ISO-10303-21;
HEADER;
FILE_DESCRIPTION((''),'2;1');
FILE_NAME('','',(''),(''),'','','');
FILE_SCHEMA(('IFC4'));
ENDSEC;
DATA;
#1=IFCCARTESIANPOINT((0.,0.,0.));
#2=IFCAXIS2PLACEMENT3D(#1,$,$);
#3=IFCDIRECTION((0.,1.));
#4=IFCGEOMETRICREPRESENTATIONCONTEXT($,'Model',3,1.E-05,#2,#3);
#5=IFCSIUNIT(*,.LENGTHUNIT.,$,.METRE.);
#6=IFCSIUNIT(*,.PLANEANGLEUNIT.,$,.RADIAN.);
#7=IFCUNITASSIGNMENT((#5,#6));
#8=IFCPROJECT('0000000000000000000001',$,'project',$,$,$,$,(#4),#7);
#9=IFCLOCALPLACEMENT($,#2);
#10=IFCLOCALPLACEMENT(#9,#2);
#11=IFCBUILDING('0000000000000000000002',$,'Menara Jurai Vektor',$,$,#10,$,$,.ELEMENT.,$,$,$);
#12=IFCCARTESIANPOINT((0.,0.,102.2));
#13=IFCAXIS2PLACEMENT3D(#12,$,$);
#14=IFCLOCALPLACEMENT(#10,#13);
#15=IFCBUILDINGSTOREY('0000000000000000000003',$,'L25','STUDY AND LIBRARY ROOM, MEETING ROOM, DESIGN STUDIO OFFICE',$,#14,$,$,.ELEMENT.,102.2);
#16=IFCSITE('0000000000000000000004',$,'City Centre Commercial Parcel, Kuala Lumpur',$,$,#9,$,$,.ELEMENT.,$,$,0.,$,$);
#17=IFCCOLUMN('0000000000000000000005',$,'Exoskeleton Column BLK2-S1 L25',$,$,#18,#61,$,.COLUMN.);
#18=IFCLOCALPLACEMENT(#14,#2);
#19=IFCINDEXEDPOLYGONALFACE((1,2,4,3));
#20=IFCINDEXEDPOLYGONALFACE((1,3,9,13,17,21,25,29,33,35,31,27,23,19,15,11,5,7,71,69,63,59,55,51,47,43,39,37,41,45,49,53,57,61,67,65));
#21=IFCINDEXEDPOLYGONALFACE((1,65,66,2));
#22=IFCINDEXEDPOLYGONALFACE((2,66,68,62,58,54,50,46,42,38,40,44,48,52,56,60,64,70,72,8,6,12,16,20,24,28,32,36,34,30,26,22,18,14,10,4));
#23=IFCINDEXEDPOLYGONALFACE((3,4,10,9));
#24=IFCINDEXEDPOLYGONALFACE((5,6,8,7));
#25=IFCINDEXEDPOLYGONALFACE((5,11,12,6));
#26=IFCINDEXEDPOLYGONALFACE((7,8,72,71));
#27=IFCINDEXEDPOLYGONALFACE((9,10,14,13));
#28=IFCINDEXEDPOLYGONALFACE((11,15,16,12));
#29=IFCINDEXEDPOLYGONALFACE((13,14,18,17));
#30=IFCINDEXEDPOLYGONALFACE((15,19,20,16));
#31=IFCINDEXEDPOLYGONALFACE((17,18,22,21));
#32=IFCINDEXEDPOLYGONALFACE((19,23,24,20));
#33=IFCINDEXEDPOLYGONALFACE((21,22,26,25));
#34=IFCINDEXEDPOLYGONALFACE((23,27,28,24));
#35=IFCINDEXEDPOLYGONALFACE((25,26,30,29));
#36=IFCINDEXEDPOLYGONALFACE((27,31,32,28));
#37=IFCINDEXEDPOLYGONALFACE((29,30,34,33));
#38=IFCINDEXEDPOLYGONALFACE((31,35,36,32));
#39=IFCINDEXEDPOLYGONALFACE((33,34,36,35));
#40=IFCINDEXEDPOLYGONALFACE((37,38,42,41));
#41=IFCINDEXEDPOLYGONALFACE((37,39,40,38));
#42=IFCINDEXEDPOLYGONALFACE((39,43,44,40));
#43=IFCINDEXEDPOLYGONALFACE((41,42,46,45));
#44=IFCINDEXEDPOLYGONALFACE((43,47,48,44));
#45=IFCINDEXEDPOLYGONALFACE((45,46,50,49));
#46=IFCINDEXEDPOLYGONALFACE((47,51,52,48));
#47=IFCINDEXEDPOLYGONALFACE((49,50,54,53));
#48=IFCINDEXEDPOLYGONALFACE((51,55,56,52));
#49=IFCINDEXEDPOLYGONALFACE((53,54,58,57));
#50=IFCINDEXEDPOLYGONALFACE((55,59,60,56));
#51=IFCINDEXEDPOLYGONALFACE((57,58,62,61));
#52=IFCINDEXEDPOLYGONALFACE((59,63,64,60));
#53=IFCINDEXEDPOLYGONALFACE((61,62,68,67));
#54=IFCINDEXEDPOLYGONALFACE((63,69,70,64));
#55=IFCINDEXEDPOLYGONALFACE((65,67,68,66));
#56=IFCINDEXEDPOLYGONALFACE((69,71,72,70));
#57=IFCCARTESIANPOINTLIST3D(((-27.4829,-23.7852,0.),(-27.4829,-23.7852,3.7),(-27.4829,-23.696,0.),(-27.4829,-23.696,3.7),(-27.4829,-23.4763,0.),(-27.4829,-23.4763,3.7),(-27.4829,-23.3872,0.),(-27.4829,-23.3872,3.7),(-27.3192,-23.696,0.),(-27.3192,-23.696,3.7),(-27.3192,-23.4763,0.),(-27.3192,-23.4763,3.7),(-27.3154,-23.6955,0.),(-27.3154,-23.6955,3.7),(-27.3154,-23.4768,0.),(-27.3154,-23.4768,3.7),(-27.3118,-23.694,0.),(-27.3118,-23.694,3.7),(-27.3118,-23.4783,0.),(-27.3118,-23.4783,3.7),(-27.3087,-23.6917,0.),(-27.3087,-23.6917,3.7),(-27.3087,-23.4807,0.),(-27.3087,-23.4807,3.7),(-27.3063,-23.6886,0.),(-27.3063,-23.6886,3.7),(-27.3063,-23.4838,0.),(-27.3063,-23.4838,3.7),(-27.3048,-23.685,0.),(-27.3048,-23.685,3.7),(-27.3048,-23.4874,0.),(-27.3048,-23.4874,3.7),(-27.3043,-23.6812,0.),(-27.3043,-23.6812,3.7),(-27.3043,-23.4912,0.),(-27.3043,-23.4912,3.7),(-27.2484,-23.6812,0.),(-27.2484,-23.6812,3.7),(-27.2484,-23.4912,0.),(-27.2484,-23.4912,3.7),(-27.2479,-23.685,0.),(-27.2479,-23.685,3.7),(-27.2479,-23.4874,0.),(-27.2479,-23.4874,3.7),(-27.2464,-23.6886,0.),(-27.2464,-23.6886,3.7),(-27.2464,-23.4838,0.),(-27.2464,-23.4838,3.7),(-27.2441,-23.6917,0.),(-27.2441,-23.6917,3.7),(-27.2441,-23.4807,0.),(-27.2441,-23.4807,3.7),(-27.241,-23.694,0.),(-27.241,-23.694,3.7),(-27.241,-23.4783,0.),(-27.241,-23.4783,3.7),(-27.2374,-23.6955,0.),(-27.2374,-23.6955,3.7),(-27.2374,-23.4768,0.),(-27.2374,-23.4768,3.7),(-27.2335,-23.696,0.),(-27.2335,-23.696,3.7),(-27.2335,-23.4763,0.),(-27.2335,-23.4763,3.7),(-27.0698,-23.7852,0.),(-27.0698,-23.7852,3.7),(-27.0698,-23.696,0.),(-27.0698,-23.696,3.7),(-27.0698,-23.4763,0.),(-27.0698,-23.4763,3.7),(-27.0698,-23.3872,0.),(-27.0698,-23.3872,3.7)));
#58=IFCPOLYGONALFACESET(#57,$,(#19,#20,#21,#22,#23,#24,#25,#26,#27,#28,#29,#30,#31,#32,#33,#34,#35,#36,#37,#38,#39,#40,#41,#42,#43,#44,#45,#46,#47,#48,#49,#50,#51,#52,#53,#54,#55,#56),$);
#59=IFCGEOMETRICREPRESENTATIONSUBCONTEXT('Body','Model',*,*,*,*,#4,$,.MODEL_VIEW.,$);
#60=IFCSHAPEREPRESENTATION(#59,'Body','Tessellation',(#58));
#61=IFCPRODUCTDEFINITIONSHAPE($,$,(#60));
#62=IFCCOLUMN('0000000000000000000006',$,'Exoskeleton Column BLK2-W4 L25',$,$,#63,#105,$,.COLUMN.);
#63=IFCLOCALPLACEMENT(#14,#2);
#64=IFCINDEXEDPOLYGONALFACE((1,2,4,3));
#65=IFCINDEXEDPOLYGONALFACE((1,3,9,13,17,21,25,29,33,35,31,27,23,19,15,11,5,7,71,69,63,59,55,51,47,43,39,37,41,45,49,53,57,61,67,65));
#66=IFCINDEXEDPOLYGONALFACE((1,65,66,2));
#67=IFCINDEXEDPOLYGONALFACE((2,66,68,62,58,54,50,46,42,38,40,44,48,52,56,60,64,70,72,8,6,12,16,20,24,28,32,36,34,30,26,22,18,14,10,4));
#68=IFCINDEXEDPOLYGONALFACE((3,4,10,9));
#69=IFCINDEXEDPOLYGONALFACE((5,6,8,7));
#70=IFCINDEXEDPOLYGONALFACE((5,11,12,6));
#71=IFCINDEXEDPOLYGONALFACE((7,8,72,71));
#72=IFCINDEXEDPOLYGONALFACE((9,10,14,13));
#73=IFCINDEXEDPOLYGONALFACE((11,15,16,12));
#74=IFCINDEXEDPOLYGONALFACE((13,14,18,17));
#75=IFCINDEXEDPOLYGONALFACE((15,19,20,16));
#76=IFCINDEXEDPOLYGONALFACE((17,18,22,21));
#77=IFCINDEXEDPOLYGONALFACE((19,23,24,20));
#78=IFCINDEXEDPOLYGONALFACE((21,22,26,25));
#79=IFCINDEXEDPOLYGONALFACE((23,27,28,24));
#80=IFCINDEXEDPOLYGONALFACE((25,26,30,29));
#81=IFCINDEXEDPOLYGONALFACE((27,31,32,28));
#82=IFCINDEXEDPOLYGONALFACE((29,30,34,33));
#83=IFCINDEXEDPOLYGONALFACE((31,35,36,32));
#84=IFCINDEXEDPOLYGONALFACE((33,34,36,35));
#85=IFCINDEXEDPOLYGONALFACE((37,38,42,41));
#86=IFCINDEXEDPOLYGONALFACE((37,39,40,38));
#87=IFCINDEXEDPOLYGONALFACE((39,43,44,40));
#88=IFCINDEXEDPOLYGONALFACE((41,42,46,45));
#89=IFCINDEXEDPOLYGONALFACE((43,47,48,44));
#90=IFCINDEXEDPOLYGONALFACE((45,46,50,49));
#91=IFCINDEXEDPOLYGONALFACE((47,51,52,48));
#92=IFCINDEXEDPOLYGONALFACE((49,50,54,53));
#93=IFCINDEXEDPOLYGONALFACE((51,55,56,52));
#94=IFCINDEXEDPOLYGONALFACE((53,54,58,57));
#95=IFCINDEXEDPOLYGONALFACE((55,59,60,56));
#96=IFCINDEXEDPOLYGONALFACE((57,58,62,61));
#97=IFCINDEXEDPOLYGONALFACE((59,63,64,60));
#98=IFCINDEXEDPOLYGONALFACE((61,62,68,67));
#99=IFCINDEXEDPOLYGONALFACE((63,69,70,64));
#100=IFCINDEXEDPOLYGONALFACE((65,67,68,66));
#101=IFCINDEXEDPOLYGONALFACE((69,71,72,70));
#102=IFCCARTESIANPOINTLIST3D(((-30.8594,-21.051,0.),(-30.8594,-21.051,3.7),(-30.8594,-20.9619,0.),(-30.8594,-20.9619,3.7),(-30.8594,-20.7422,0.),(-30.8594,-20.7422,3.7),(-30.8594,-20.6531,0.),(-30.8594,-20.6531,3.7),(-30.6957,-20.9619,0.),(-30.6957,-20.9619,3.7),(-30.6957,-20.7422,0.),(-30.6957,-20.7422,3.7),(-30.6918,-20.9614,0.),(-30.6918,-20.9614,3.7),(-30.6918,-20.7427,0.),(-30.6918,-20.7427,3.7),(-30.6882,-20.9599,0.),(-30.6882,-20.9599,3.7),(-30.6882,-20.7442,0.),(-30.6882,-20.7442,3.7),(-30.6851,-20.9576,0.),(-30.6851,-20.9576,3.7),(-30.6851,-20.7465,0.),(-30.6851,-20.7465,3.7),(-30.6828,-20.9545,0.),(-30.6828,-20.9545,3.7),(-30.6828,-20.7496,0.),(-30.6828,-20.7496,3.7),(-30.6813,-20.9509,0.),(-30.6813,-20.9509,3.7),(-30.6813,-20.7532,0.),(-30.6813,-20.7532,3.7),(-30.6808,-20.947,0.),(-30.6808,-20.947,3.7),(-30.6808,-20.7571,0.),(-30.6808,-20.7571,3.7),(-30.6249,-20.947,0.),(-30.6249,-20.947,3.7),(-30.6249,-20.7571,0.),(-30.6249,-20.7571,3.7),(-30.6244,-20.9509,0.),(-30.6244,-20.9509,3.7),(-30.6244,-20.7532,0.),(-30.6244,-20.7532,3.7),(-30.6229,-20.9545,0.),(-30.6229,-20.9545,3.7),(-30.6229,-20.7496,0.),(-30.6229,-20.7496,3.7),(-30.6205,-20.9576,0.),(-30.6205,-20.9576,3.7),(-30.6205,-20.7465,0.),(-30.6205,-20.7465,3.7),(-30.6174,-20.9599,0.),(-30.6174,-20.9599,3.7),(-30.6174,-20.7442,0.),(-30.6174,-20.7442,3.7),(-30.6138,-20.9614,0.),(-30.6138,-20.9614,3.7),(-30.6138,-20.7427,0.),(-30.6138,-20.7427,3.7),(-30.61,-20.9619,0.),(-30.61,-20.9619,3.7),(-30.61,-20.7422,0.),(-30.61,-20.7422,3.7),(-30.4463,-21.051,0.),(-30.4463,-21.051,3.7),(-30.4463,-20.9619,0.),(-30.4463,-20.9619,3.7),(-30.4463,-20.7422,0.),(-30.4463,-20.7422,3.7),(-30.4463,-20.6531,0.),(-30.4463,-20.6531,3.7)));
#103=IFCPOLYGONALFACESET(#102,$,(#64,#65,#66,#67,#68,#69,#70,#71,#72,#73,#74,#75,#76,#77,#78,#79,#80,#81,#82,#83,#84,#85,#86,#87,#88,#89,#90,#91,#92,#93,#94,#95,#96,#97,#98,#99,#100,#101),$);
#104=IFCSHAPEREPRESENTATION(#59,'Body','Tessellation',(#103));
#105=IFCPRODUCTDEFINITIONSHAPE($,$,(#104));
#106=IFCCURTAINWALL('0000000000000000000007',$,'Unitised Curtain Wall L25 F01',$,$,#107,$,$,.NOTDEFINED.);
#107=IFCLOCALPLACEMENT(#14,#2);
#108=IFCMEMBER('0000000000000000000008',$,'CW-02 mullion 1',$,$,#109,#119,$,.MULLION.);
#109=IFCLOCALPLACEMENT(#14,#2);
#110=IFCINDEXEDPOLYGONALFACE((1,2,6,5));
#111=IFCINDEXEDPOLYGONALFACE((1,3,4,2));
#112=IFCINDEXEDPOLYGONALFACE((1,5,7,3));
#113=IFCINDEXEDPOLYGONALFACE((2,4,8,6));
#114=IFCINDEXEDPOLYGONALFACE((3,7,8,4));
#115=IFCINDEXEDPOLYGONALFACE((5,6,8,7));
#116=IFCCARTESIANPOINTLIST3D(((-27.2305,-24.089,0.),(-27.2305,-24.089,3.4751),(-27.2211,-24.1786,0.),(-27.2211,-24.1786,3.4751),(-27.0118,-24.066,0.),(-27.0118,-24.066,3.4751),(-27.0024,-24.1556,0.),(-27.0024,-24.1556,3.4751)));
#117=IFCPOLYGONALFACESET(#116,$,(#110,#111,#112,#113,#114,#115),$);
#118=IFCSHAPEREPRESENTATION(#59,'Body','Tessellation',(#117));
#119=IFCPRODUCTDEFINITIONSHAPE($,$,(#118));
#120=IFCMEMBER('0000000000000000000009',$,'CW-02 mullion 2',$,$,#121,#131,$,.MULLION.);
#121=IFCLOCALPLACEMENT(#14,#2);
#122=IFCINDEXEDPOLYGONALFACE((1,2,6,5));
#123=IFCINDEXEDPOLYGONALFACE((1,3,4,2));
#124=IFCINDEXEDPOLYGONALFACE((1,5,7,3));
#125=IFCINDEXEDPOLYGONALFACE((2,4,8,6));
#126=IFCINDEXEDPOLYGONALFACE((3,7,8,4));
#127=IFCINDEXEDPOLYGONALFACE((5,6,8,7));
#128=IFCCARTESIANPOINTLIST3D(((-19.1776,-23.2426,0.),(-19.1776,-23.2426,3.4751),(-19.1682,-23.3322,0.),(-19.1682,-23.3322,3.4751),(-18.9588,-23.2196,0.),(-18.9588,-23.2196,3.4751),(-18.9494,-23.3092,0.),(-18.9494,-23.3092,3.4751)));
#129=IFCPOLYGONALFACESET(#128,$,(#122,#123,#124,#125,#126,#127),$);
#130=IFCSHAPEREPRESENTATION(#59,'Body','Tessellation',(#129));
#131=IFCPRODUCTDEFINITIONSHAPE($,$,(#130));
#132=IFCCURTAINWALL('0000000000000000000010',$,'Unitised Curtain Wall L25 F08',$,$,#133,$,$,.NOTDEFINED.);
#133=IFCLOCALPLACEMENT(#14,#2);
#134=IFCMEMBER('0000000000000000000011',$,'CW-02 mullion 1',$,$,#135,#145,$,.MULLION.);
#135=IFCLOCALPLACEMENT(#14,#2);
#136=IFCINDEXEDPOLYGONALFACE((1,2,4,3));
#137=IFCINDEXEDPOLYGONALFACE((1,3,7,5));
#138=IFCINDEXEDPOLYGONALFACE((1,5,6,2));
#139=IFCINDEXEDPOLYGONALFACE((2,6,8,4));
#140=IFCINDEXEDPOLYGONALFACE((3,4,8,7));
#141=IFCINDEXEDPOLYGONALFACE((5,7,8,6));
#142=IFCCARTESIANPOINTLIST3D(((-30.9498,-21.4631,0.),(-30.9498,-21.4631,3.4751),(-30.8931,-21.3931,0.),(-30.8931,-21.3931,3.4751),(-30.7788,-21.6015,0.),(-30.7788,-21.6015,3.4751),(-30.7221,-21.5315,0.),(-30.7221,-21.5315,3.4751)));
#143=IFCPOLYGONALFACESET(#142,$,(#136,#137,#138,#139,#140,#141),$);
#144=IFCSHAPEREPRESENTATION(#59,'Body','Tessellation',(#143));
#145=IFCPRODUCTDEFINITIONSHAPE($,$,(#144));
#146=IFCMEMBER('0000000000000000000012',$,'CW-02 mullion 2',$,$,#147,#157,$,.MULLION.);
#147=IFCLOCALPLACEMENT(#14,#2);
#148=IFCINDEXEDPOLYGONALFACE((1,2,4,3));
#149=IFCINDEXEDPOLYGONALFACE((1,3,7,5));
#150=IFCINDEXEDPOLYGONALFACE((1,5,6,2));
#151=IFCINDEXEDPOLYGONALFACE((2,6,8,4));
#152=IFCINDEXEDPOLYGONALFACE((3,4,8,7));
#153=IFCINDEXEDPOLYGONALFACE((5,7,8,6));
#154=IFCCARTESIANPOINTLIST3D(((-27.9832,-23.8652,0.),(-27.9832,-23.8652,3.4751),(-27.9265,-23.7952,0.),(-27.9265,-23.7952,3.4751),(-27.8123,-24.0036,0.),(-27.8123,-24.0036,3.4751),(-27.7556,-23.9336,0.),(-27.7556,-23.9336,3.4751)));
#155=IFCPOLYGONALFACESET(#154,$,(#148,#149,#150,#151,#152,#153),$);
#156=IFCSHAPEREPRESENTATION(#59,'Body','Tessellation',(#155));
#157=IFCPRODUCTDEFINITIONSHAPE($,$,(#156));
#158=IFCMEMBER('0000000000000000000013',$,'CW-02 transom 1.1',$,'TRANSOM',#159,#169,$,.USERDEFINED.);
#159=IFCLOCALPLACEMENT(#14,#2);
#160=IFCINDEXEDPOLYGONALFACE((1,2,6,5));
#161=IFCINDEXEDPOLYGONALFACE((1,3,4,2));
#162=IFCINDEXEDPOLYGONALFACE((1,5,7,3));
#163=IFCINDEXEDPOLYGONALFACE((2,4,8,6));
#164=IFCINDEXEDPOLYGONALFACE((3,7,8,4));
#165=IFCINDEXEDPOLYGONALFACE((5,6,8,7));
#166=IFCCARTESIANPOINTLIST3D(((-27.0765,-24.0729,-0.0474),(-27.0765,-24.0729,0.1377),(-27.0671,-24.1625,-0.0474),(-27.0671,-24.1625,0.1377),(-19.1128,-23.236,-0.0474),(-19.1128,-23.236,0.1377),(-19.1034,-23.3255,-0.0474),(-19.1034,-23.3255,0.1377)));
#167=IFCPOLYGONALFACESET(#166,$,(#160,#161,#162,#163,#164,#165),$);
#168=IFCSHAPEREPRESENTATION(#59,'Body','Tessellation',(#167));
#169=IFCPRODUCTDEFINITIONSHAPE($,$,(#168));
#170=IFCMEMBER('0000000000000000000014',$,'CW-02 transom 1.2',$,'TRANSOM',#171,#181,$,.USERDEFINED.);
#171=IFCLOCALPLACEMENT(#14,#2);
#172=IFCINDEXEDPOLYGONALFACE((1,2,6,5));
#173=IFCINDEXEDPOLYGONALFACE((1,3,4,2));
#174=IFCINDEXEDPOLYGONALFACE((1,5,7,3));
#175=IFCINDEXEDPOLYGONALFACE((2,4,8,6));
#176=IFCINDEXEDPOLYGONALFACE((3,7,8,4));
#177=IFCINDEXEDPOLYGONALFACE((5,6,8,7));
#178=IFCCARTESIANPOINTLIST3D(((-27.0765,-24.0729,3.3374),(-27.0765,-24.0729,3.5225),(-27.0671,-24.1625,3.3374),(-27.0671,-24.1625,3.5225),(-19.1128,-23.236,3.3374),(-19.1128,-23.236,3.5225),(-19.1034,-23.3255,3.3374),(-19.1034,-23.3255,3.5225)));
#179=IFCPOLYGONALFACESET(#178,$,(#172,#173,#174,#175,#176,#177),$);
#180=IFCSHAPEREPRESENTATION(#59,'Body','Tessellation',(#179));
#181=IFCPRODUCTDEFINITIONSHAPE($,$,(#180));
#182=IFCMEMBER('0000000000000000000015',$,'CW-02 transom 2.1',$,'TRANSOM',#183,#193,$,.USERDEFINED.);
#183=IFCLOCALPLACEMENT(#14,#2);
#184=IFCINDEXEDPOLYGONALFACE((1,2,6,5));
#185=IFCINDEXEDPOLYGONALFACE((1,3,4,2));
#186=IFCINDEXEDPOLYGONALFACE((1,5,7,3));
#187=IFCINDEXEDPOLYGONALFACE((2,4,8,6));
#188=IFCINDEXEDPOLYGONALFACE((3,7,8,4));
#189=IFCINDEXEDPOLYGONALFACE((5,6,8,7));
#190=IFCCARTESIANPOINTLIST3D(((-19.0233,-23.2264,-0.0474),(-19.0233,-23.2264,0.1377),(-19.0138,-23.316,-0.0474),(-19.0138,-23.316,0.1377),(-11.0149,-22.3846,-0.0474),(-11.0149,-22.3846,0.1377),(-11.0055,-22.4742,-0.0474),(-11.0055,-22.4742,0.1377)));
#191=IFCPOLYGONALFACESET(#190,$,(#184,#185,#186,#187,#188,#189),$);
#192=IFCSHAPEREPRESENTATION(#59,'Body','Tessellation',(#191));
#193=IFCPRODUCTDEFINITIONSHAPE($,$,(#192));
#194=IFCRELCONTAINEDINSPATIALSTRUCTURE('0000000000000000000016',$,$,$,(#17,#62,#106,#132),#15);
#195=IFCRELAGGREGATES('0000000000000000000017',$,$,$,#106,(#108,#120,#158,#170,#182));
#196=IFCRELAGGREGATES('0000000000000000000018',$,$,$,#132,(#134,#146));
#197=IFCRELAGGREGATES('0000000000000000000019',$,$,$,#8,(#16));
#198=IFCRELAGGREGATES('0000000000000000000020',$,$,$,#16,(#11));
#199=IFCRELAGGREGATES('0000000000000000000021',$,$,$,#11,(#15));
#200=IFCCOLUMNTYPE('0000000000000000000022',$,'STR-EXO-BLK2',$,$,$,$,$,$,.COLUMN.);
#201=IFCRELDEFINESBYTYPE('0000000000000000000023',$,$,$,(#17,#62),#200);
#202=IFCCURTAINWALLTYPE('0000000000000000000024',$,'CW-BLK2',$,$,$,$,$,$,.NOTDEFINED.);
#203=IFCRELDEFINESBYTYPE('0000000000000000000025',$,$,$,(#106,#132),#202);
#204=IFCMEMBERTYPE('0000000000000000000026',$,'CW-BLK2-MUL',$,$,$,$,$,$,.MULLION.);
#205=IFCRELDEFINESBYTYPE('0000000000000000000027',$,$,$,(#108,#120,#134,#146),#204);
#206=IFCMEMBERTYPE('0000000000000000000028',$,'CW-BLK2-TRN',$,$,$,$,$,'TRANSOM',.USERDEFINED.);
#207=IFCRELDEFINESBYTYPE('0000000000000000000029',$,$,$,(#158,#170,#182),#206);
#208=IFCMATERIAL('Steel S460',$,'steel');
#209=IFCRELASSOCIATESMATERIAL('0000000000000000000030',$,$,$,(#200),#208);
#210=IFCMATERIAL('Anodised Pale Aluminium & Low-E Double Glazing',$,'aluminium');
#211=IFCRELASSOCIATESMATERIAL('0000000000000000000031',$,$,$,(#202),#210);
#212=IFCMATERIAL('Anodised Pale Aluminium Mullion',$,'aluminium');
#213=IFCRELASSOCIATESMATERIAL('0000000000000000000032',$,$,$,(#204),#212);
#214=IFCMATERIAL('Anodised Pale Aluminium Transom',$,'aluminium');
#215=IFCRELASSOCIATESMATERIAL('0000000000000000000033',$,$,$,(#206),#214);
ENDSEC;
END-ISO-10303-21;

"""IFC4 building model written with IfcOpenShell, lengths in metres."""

from ifc_helpers import new_model, si_unit, direction, frame, origin, origin_2d, place, context, subcontext, project, spatial, rectangle, i_section, extrude, material, material_profile, profile_set, type_object, element, aggregate, save


model = new_model("IFC4")

# Units and contexts
model_context = context("Model", 3, precision=1e-05, world=origin(), true_north=direction((0.0, 1.0)))
body_context = subcontext(model_context, "Body", "Model", "MODEL_VIEW")
ifc_project = project(units=[si_unit("LENGTHUNIT", "METRE"), si_unit("PLANEANGLEUNIT", "RADIAN")], contexts=[model_context])

# Site, building, storey
site_placement = place(None, origin())
site = spatial("IfcSite", under=ifc_project, at=site_placement, Name="City Centre Commercial Parcel, Kuala Lumpur", CompositionType="ELEMENT", RefElevation=0.0)
building_placement = place(site_placement, origin())
building = spatial("IfcBuilding", under=site, at=building_placement, Name="Menara Jurai Vektor", CompositionType="ELEMENT")
storey_placement = place(building_placement, frame((0.0, 0.0, 102.2)))
storey = spatial("IfcBuildingStorey", under=building, at=storey_placement, Name="L25", Description="STUDY AND LIBRARY ROOM, MEETING ROOM, DESIGN STUDIO OFFICE", CompositionType="ELEMENT", Elevation=102.2)

# Columns
ifc_material_1 = material(Name="Steel S460", Category="steel")
ifc_material_profile_1 = material_profile(ifc_material_1, i_section(OverallWidth=0.4131, OverallDepth=0.3979, WebThickness=0.0559, FlangeThickness=0.0891, FilletRadius=0.0149, at=origin_2d()), Name="HD 400x744")
ifc_profile_set_1 = profile_set([ifc_material_profile_1], Name="Steel S460")
column_type = type_object("IfcColumnType", Name="STR-EXO-BLK2", PredefinedType="COLUMN", material=ifc_profile_set_1)
for number, where, z_axis, x_axis, name in (
    (1, (-27.2764, -23.5862, 0.0), (0.0, 0.0, 1.0), (1.0, 0.0, 0.0), "Exoskeleton Column BLK2-S1 L25"),
    (2, (-30.6528, -20.8521, 0.0), (0.0, 0.0, 1.0), (1.0, 0.0, 0.0), "Exoskeleton Column BLK2-W4 L25"),
):
    element("IfcColumn", number, at=place(storey_placement, frame(where, z_axis=z_axis, x_axis=x_axis)), inside=storey, type_object=column_type, Name=name, PredefinedType="COLUMN", context=body_context, shape_type="SweptSolid", body=[
        extrude(i_section(OverallWidth=0.4131, OverallDepth=0.3979, WebThickness=0.0559, FlangeThickness=0.0891, FilletRadius=0.0149, at=origin_2d()), origin(), (0.0, 0.0, 1.0), 3.7),
    ])

# Curtain walls, members
ifc_material_2 = material(Name="Anodised Pale Aluminium & Low-E Double Glazing", Category="aluminium")
curtain_wall_type = type_object("IfcCurtainWallType", Name="CW-BLK2", PredefinedType="NOTDEFINED", material=ifc_material_2)
curtain_wall_1_placement = place(storey_placement, origin())
curtain_wall_1 = element("IfcCurtainWall", 3, at=curtain_wall_1_placement, inside=storey, type_object=curtain_wall_type, Name="Unitised Curtain Wall L25 F01", PredefinedType="NOTDEFINED")
ifc_material_3 = material(Name="Anodised Pale Aluminium Mullion", Category="aluminium")
ifc_material_profile_2 = material_profile(ifc_material_3, rectangle(XDim=0.0901, YDim=0.22, at=origin_2d()), Name="ALU MUL 90x220")
ifc_profile_set_2 = profile_set([ifc_material_profile_2], Name="Anodised Pale Aluminium Mullion")
member_type_1 = type_object("IfcMemberType", Name="CW-BLK2-MUL", PredefinedType="MULLION", material=ifc_profile_set_2)
member_1_placement = place(storey_placement, frame((-27.1165, -24.1223, 0.0), z_axis=(0.0, 0.0, 1.0), x_axis=(-0.104529, 0.994522, 0.0)))
member_1 = element("IfcMember", 4, at=member_1_placement, type_object=member_type_1, Name="CW-02 mullion 1", PredefinedType="MULLION", context=body_context, shape_type="SweptSolid", body=[
    extrude(rectangle(XDim=0.0901, YDim=0.22, at=origin_2d()), origin(), (0.0, 0.0, 1.0), 3.4751),
])
member_2_placement = place(storey_placement, frame((-19.0635, -23.2759, 0.0), z_axis=(0.0, 0.0, 1.0), x_axis=(-0.104529, 0.994522, 0.0)))
member_2 = element("IfcMember", 5, at=member_2_placement, type_object=member_type_1, Name="CW-02 mullion 2", PredefinedType="MULLION", context=body_context, shape_type="SweptSolid", body=[
    extrude(rectangle(XDim=0.0901, YDim=0.22, at=origin_2d()), origin(), (0.0, 0.0, 1.0), 3.4751),
])
curtain_wall_2_placement = place(storey_placement, origin())
curtain_wall_2 = element("IfcCurtainWall", 6, at=curtain_wall_2_placement, inside=storey, type_object=curtain_wall_type, Name="Unitised Curtain Wall L25 F08", PredefinedType="NOTDEFINED")
member_3_placement = place(storey_placement, frame((-30.8359, -21.4973, 0.0), z_axis=(0.0, 0.0, 1.0), x_axis=(0.629313, 0.777152, 0.0)))
member_3 = element("IfcMember", 7, at=member_3_placement, type_object=member_type_1, Name="CW-02 mullion 1", PredefinedType="MULLION", context=body_context, shape_type="SweptSolid", body=[
    extrude(rectangle(XDim=0.0901, YDim=0.22, at=origin_2d()), origin(), (0.0, 0.0, 1.0), 3.4751),
])
member_4_placement = place(storey_placement, frame((-27.8694, -23.8994, 0.0), z_axis=(0.0, 0.0, 1.0), x_axis=(0.629313, 0.777152, 0.0)))
member_4 = element("IfcMember", 8, at=member_4_placement, type_object=member_type_1, Name="CW-02 mullion 2", PredefinedType="MULLION", context=body_context, shape_type="SweptSolid", body=[
    extrude(rectangle(XDim=0.0901, YDim=0.22, at=origin_2d()), origin(), (0.0, 0.0, 1.0), 3.4751),
])

# Members
ifc_material_4 = material(Name="Anodised Pale Aluminium Transom", Category="aluminium")
ifc_material_profile_3 = material_profile(ifc_material_4, rectangle(XDim=0.0901, YDim=0.1851, at=origin_2d()), Name="ALU TRN 90x185")
ifc_profile_set_3 = profile_set([ifc_material_profile_3], Name="Anodised Pale Aluminium Transom")
member_type_2 = type_object("IfcMemberType", Name="CW-BLK2-TRN", ElementType="TRANSOM", PredefinedType="USERDEFINED", material=ifc_profile_set_3)
member_5_placement = place(storey_placement, frame((-27.0718, -24.1177, 0.0452), z_axis=(0.994523, 0.104517, 0.0), x_axis=(-0.104517, 0.994523, 0.0)))
member_5 = element("IfcMember", 9, at=member_5_placement, type_object=member_type_2, Name="CW-02 transom 1.1", ObjectType="TRANSOM", PredefinedType="USERDEFINED", context=body_context, shape_type="SweptSolid", body=[
    extrude(rectangle(XDim=0.0901, YDim=0.1851, at=origin_2d()), origin(), (0.0, 0.0, 1.0), 8.0076),
])
member_6_placement = place(storey_placement, frame((-27.0718, -24.1177, 3.4299), z_axis=(0.994523, 0.104517, 0.0), x_axis=(-0.104517, 0.994523, 0.0)))
member_6 = element("IfcMember", 10, at=member_6_placement, type_object=member_type_2, Name="CW-02 transom 1.2", ObjectType="TRANSOM", PredefinedType="USERDEFINED", context=body_context, shape_type="SweptSolid", body=[
    extrude(rectangle(XDim=0.0901, YDim=0.1851, at=origin_2d()), origin(), (0.0, 0.0, 1.0), 8.0076),
])
member_7_placement = place(storey_placement, frame((-19.0186, -23.2712, 0.0452), z_axis=(0.994521, 0.10454, 0.0), x_axis=(-0.10454, 0.994521, 0.0)))
member_7 = element("IfcMember", 11, at=member_7_placement, type_object=member_type_2, Name="CW-02 transom 2.1", ObjectType="TRANSOM", PredefinedType="USERDEFINED", context=body_context, shape_type="SweptSolid", body=[
    extrude(rectangle(XDim=0.0901, YDim=0.1851, at=origin_2d()), origin(), (0.0, 0.0, 1.0), 8.0525),
])

aggregate(curtain_wall_1, [member_1, member_2, member_5, member_6, member_7])
aggregate(curtain_wall_2, [member_3, member_4])

save(model, "model.ifc")
